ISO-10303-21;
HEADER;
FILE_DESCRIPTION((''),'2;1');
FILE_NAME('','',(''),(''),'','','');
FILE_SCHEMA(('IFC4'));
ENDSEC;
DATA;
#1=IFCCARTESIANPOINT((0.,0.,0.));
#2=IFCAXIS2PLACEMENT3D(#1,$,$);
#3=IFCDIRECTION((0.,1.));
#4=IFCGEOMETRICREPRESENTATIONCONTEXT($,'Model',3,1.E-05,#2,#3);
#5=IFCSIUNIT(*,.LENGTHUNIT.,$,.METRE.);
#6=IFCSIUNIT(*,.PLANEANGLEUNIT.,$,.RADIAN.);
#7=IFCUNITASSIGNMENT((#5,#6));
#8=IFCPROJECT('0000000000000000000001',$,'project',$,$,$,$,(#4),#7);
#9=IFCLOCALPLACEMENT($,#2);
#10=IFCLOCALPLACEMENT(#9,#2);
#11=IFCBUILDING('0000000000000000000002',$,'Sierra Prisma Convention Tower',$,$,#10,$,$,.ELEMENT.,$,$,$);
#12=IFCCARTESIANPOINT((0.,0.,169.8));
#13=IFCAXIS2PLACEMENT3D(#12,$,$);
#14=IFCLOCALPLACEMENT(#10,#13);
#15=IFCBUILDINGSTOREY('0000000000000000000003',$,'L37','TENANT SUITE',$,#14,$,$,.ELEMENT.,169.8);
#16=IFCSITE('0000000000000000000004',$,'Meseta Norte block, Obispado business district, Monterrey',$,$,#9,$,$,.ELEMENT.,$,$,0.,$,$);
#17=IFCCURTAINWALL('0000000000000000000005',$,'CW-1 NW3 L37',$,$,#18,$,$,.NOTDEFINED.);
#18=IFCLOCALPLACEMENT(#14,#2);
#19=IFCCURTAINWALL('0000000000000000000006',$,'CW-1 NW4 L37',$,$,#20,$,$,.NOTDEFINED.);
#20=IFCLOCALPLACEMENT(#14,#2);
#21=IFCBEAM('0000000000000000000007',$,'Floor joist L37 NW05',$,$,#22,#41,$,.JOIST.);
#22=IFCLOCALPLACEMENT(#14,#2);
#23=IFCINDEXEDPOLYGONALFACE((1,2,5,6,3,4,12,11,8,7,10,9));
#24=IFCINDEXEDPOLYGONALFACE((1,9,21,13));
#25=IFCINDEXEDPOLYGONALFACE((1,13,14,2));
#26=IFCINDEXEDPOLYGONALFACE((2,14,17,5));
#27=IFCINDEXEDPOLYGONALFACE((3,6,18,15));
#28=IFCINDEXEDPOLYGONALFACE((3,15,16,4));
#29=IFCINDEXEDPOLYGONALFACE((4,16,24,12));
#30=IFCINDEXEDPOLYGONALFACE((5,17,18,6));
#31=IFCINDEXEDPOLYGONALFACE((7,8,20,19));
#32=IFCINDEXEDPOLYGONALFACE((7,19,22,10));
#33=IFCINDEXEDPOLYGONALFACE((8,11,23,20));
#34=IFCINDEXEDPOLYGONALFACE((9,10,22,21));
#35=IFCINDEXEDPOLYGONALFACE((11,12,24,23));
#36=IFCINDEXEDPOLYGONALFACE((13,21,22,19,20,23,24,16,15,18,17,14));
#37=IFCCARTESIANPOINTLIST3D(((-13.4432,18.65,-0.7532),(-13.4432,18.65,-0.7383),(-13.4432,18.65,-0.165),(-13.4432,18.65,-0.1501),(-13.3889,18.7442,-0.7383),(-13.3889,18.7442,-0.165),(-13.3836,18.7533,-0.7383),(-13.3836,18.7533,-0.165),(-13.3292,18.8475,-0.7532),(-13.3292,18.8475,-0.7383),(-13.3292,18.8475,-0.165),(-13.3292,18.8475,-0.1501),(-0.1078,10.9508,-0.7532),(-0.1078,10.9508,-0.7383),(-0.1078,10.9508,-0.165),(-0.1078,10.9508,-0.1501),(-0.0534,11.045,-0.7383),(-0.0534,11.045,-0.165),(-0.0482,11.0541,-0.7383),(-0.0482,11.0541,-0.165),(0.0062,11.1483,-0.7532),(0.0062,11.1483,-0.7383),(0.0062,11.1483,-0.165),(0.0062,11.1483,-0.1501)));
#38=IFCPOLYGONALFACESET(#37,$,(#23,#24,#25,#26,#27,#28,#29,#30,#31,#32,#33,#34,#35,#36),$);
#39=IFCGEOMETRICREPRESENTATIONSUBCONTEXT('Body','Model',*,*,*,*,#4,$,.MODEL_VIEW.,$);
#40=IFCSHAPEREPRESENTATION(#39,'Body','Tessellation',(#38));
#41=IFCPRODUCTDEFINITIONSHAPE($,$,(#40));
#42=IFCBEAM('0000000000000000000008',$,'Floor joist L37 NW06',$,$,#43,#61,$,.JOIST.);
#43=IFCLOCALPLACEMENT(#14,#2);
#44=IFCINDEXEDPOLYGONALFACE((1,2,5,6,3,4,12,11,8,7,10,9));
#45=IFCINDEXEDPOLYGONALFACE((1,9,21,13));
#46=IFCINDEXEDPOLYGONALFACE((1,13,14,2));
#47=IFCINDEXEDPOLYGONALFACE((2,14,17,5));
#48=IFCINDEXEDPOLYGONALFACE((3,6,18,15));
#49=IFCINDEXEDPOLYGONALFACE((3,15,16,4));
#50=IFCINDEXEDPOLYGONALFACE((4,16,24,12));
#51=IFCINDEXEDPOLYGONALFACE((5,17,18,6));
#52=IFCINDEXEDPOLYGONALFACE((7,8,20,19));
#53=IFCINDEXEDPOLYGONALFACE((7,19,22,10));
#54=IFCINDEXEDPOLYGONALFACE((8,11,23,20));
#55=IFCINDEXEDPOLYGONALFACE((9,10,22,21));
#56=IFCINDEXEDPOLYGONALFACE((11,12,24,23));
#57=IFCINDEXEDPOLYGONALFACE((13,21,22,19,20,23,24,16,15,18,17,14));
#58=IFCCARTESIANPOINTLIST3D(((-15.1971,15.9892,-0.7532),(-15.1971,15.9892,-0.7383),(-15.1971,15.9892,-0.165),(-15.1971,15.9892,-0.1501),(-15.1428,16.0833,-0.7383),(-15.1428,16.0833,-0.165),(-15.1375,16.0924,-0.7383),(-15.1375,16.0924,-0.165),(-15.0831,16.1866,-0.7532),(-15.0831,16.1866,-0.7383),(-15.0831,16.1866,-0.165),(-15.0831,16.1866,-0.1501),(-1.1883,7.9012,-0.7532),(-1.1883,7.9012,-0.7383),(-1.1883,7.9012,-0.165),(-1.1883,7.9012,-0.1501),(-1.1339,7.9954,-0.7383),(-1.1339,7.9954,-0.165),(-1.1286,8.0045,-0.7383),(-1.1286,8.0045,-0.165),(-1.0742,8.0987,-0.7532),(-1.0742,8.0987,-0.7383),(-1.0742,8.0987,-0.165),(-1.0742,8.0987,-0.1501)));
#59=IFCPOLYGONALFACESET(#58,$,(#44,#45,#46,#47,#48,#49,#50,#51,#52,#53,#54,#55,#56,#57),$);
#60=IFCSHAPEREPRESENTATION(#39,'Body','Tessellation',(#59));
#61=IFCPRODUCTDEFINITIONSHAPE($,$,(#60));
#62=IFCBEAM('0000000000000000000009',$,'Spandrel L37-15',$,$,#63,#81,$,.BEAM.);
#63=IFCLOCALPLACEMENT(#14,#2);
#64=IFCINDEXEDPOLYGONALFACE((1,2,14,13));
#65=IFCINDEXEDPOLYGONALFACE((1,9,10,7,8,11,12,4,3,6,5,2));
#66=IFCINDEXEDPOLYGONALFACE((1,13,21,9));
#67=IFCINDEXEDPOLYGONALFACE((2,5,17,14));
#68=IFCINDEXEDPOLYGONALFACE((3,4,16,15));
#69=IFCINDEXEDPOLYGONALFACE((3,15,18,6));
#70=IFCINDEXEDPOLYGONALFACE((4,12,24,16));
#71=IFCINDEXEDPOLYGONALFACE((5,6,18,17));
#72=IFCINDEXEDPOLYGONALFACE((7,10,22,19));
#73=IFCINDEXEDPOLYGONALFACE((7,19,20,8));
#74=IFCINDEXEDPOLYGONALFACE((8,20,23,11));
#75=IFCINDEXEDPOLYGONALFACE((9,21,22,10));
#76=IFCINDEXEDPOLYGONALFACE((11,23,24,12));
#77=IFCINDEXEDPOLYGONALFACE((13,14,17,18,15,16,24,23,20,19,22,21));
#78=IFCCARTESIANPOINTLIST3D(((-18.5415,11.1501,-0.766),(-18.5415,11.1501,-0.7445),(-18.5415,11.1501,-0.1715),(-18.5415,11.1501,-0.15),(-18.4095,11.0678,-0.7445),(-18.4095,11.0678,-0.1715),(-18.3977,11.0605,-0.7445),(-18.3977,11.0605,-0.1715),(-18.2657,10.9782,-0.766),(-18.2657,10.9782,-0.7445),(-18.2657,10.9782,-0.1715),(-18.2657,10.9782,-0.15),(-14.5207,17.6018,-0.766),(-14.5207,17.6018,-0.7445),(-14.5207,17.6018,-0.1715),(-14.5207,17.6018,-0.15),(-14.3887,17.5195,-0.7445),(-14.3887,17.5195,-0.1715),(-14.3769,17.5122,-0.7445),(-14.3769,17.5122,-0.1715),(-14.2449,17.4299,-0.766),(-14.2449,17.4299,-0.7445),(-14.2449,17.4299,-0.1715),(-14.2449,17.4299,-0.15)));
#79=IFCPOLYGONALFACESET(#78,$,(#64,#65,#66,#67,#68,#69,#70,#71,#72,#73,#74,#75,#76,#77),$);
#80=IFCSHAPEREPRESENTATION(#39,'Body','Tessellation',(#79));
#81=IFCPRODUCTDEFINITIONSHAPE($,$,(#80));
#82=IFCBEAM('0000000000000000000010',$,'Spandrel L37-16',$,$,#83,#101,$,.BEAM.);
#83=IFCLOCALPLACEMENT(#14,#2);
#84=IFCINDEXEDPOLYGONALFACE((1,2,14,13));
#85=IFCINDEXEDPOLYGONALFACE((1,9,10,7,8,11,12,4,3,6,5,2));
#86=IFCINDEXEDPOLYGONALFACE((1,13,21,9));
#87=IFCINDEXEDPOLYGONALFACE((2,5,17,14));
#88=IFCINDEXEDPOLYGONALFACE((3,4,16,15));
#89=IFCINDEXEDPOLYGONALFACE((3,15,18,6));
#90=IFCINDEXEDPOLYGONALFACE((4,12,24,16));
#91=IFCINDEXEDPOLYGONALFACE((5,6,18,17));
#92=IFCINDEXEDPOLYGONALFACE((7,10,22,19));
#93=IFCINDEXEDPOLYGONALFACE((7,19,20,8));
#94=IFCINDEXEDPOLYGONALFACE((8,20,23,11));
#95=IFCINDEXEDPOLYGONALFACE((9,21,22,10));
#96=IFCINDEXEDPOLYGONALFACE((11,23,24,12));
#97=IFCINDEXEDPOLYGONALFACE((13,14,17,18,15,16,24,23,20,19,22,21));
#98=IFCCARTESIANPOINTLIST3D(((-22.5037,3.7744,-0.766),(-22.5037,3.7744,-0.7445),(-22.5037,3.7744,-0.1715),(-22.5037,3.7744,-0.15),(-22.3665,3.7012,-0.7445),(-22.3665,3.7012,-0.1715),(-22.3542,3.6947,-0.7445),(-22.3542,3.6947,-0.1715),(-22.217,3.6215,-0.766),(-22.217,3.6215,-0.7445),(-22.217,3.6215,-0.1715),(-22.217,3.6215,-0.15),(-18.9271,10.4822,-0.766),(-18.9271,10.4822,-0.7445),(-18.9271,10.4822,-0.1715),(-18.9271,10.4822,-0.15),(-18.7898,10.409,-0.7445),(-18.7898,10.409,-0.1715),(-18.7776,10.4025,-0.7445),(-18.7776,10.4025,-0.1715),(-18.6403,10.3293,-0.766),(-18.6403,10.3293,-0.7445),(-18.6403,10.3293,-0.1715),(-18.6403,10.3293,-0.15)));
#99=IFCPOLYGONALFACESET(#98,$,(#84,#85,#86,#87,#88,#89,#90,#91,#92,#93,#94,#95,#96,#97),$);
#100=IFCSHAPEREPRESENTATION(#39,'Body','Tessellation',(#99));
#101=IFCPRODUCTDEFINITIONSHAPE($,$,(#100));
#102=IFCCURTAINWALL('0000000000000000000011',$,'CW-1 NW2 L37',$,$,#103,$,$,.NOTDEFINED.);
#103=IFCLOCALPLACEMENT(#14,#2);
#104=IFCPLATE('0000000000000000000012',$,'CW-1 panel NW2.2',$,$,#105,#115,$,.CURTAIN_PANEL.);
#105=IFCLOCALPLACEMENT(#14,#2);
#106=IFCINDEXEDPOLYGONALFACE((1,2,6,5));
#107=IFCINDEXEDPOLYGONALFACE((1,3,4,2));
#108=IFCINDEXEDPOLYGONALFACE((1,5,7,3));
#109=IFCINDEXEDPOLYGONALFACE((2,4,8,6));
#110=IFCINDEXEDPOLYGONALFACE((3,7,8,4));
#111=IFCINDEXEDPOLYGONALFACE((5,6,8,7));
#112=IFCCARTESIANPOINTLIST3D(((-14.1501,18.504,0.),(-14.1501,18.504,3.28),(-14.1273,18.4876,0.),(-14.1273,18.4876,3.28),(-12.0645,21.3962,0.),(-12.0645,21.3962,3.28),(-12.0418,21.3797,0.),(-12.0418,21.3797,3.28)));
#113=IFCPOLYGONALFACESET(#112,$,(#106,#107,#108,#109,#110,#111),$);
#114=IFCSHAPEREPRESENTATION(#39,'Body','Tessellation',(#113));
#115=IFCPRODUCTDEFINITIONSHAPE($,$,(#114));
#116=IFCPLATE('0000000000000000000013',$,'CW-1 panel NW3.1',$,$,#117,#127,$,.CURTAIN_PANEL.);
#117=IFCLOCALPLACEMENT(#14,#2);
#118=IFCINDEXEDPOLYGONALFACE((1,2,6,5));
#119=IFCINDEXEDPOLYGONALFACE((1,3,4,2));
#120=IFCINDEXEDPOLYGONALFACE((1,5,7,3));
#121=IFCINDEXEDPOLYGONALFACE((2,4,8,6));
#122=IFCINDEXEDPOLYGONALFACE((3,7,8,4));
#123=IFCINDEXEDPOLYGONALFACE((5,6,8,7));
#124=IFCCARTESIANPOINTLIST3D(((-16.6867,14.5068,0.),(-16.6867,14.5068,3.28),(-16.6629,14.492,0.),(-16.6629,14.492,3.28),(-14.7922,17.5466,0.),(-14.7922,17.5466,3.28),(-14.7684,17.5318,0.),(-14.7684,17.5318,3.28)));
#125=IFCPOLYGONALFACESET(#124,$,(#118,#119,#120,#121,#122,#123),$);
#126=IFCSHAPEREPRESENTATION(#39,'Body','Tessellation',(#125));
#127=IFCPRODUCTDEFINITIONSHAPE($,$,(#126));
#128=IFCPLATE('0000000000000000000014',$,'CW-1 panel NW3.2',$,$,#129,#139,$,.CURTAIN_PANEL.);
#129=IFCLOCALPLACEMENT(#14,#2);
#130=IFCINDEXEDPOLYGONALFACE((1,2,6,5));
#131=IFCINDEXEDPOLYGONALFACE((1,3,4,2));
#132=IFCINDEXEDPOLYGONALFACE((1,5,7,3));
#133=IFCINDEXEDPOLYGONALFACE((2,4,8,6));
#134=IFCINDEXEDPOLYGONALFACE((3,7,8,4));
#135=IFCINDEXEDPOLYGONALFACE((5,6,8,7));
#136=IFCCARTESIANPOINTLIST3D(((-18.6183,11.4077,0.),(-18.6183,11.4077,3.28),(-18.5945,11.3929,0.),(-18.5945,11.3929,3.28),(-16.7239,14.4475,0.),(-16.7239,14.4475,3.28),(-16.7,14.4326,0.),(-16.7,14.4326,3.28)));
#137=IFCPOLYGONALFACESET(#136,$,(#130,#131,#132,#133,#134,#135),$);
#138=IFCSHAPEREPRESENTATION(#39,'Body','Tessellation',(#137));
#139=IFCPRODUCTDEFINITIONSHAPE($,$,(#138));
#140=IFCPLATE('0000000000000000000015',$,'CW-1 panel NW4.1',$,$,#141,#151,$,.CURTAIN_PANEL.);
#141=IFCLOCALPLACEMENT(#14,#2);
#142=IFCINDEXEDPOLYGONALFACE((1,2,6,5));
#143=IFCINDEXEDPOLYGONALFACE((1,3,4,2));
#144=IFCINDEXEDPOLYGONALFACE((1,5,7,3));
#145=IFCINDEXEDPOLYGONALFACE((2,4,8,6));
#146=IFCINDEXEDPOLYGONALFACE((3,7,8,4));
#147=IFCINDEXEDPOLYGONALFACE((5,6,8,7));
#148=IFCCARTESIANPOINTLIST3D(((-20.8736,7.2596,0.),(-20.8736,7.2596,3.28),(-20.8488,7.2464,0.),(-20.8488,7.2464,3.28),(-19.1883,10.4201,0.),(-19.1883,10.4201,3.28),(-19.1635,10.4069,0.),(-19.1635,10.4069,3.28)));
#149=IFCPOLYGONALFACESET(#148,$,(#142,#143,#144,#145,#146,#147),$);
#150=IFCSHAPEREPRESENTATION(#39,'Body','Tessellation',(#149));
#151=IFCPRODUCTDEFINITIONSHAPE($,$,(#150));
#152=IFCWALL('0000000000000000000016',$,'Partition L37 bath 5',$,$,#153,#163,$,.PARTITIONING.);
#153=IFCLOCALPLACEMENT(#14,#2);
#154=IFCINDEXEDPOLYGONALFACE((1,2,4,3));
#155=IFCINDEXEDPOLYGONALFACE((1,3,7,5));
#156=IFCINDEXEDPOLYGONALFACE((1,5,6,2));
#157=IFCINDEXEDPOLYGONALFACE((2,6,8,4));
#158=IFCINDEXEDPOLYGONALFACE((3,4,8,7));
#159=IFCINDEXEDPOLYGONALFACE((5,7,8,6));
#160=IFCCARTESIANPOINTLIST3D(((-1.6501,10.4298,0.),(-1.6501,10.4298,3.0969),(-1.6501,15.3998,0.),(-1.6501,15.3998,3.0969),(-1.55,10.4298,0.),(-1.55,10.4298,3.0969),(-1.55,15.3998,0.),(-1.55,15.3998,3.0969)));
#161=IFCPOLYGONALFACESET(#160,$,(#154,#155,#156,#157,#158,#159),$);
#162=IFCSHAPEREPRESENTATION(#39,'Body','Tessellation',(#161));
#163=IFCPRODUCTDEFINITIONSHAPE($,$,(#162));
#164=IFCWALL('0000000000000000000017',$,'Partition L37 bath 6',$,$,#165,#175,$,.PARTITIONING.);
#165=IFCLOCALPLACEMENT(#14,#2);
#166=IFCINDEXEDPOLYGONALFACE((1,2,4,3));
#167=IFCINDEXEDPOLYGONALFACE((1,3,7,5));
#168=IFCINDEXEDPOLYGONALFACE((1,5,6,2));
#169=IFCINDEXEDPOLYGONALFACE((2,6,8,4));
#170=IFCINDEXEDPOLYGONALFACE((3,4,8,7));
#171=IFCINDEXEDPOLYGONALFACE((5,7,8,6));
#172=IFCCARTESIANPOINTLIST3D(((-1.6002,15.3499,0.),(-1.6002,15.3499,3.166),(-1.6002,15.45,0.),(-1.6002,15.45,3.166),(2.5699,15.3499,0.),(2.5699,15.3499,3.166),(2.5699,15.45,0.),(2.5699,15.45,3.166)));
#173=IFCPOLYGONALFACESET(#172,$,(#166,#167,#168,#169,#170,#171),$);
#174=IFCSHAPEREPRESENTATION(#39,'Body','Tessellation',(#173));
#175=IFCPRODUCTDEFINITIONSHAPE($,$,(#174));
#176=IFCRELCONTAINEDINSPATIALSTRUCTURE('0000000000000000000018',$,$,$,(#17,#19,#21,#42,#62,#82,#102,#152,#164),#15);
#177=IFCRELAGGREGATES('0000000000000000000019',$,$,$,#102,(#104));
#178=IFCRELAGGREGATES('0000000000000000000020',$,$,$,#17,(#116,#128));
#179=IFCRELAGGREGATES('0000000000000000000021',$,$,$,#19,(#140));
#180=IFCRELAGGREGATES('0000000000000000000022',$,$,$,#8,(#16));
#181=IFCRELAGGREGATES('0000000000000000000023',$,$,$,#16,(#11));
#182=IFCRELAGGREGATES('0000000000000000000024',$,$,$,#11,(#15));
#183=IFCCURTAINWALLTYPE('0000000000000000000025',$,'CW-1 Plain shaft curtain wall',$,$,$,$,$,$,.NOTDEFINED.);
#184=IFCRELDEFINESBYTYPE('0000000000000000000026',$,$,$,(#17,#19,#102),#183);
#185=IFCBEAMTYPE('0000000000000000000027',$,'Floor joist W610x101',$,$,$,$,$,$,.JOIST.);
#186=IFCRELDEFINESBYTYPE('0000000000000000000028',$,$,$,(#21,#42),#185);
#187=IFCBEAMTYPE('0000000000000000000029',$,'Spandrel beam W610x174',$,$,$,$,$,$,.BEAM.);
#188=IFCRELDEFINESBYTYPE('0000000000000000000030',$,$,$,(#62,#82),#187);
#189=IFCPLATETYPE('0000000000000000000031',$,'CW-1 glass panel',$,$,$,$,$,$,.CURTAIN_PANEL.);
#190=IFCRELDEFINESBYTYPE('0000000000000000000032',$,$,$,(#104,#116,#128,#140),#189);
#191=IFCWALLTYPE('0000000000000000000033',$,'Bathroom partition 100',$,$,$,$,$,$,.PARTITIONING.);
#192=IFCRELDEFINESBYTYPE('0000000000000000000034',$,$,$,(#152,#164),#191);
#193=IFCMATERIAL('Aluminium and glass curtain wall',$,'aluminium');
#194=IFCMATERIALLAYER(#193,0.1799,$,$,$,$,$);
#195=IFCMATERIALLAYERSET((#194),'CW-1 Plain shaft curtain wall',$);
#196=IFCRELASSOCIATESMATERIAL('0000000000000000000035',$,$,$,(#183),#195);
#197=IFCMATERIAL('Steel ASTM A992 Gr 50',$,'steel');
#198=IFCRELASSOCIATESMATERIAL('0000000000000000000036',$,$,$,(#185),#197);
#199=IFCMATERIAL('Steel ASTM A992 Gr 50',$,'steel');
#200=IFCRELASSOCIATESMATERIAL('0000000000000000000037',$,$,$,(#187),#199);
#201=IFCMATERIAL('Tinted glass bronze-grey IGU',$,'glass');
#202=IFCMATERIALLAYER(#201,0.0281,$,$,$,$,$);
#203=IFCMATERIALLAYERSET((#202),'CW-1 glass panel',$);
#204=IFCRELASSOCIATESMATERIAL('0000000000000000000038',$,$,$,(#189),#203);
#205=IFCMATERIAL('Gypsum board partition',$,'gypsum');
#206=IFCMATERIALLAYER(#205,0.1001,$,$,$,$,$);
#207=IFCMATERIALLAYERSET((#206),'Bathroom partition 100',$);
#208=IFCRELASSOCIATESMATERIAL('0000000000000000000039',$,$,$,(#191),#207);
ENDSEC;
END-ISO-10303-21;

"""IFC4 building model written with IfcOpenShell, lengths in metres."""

from ifc_helpers import new_model, si_unit, direction, frame, frame_2d, origin, origin_2d, place, context, subcontext, project, spatial, rectangle, i_section, extrude, material, layer, layer_set, material_profile, profile_set, type_object, element, aggregate, save


model = new_model("IFC4")

# Units and contexts
model_context = context("Model", 3, precision=1e-05, world=origin(), true_north=direction((0.0, 1.0)))
body_context = subcontext(model_context, "Body", "Model", "MODEL_VIEW")
ifc_project = project(units=[si_unit("LENGTHUNIT", "METRE"), si_unit("PLANEANGLEUNIT", "RADIAN")], contexts=[model_context])

# Site, building, storey
site_placement = place(None, origin())
site = spatial("IfcSite", under=ifc_project, at=site_placement, Name="Meseta Norte block, Obispado business district, Monterrey", CompositionType="ELEMENT", RefElevation=0.0)
building_placement = place(site_placement, origin())
building = spatial("IfcBuilding", under=site, at=building_placement, Name="Sierra Prisma Convention Tower", CompositionType="ELEMENT")
storey_placement = place(building_placement, frame((0.0, 0.0, 169.8)))
storey = spatial("IfcBuildingStorey", under=building, at=storey_placement, Name="L37", Description="TENANT SUITE", CompositionType="ELEMENT", Elevation=169.8)

# Curtain wall
ifc_material_1 = material(Name="Aluminium and glass curtain wall", Category="aluminium")
ifc_layer_1 = layer(ifc_material_1, 0.1799)
ifc_layer_set_1 = layer_set([ifc_layer_1], Name="CW-1 Plain shaft curtain wall")
curtain_wall_type = type_object("IfcCurtainWallType", Name="CW-1 Plain shaft curtain wall", PredefinedType="NOTDEFINED", material=ifc_layer_set_1)
curtain_wall_1_placement = place(storey_placement, origin())
curtain_wall_1 = element("IfcCurtainWall", 1, at=curtain_wall_1_placement, inside=storey, type_object=curtain_wall_type, Name="CW-1 NW3 L37", PredefinedType="NOTDEFINED")

# Curtain wall
curtain_wall_2_placement = place(storey_placement, origin())
curtain_wall_2 = element("IfcCurtainWall", 2, at=curtain_wall_2_placement, inside=storey, type_object=curtain_wall_type, Name="CW-1 NW4 L37", PredefinedType="NOTDEFINED")

# Beams
ifc_material_2 = material(Name="Steel ASTM A992 Gr 50", Category="steel")
ifc_material_profile_1 = material_profile(ifc_material_2, i_section(OverallWidth=0.228, OverallDepth=0.603, WebThickness=0.0105, FlangeThickness=0.0149, at=origin_2d()), Name="W610x101")
ifc_profile_set_1 = profile_set([ifc_material_profile_1], Name="Steel ASTM A992 Gr 50")
beam_type_1 = type_object("IfcBeamType", Name="Floor joist W610x101", PredefinedType="JOIST", material=ifc_profile_set_1)
beam_1_placement = place(storey_placement, frame((-13.3862, 18.7488, -0.4517), z_axis=(0.866026, -0.5, 0.0), x_axis=(0.5, 0.866026, 0.0)))
element("IfcBeam", 3, at=beam_1_placement, inside=storey, type_object=beam_type_1, Name="Floor joist L37 NW05", PredefinedType="JOIST", context=body_context, shape_type="SweptSolid", body=[
    extrude(i_section(OverallWidth=0.228, OverallDepth=0.603, WebThickness=0.0105, FlangeThickness=0.0149, at=origin_2d()), origin(), (0.0, 0.0, 1.0), 15.3984),
])
beam_2_placement = place(storey_placement, frame((-15.1401, 16.0879, -0.4517), z_axis=(0.866028, -0.499996, 0.0), x_axis=(0.499996, 0.866028, 0.0)))
element("IfcBeam", 4, at=beam_2_placement, inside=storey, type_object=beam_type_1, Name="Floor joist L37 NW06", PredefinedType="JOIST", context=body_context, shape_type="SweptSolid", body=[
    extrude(i_section(OverallWidth=0.228, OverallDepth=0.603, WebThickness=0.0105, FlangeThickness=0.0149, at=origin_2d()), origin(), (0.0, 0.0, 1.0), 16.176),
])
ifc_material_3 = material(Name="Steel ASTM A992 Gr 50", Category="steel")
ifc_material_profile_2 = material_profile(ifc_material_3, i_section(OverallWidth=0.325, OverallDepth=0.616, WebThickness=0.0139, FlangeThickness=0.0215, at=origin_2d()), Name="W610x174")
ifc_profile_set_2 = profile_set([ifc_material_profile_2], Name="Steel ASTM A992 Gr 50")
beam_type_2 = type_object("IfcBeamType", Name="Spandrel beam W610x174", PredefinedType="BEAM", material=ifc_profile_set_2)
beam_3_placement = place(storey_placement, frame((-14.3828, 17.5159, -0.458), z_axis=(-0.528907, -0.84868, 0.0), x_axis=(0.84868, -0.528907, 0.0)))
element("IfcBeam", 5, at=beam_3_placement, inside=storey, type_object=beam_type_2, Name="Spandrel L37-15", PredefinedType="BEAM", context=body_context, shape_type="SweptSolid", body=[
    extrude(i_section(OverallWidth=0.325, OverallDepth=0.616, WebThickness=0.0139, FlangeThickness=0.0215, at=origin_2d()), origin(), (0.0, 0.0, 1.0), 7.6021),
])
beam_4_placement = place(storey_placement, frame((-18.7837, 10.4058, -0.458), z_axis=(-0.470505, -0.882397, 0.0), x_axis=(0.882397, -0.470505, 0.0)))
element("IfcBeam", 6, at=beam_4_placement, inside=storey, type_object=beam_type_2, Name="Spandrel L37-16", PredefinedType="BEAM", context=body_context, shape_type="SweptSolid", body=[
    extrude(i_section(OverallWidth=0.325, OverallDepth=0.616, WebThickness=0.0139, FlangeThickness=0.0215, at=origin_2d()), origin(), (0.0, 0.0, 1.0), 7.6018),
])

# Curtain wall, plate
curtain_wall_3_placement = place(storey_placement, origin())
curtain_wall_3 = element("IfcCurtainWall", 7, at=curtain_wall_3_placement, inside=storey, type_object=curtain_wall_type, Name="CW-1 NW2 L37", PredefinedType="NOTDEFINED")
ifc_material_4 = material(Name="Tinted glass bronze-grey IGU", Category="glass")
ifc_layer_2 = layer(ifc_material_4, 0.0281)
ifc_layer_set_2 = layer_set([ifc_layer_2], Name="CW-1 glass panel")
plate_type = type_object("IfcPlateType", Name="CW-1 glass panel", PredefinedType="CURTAIN_PANEL", material=ifc_layer_set_2)
plate_1_placement = place(storey_placement, frame((-13.0959, 19.9419, 0.0), z_axis=(0.0, 0.0, 1.0), x_axis=(-0.584903, -0.811103, 0.0)))
plate_1 = element("IfcPlate", 8, at=plate_1_placement, type_object=plate_type, Name="CW-1 panel NW2.2", PredefinedType="CURTAIN_PANEL", context=body_context, shape_type="SweptSolid", body=[
    extrude(rectangle(XDim=3.5657, YDim=0.0281, at=origin_2d()), origin(), (0.0, 0.0, 1.0), 3.28),
])
aggregate(curtain_wall_3, [plate_1])

# Plates
plate_2_placement = place(storey_placement, frame((-15.7275, 16.0193, 0.0), z_axis=(0.0, 0.0, 1.0), x_axis=(-0.528913, -0.848676, 0.0)))
plate_2 = element("IfcPlate", 9, at=plate_2_placement, type_object=plate_type, Name="CW-1 panel NW3.1", PredefinedType="CURTAIN_PANEL", context=body_context, shape_type="SweptSolid", body=[
    extrude(rectangle(XDim=3.5818, YDim=0.0281, at=origin_2d()), origin(), (0.0, 0.0, 1.0), 3.28),
])
plate_3_placement = place(storey_placement, frame((-17.6592, 12.9202, 0.0), z_axis=(0.0, 0.0, 1.0), x_axis=(-0.528913, -0.848676, 0.0)))
plate_3 = element("IfcPlate", 10, at=plate_3_placement, type_object=plate_type, Name="CW-1 panel NW3.2", PredefinedType="CURTAIN_PANEL", context=body_context, shape_type="SweptSolid", body=[
    extrude(rectangle(XDim=3.5818, YDim=0.0281, at=origin_2d()), origin(), (0.0, 0.0, 1.0), 3.28),
])
aggregate(curtain_wall_1, [plate_2, plate_3])
plate_4_placement = place(storey_placement, frame((-20.0186, 8.8333, 0.0), z_axis=(0.0, 0.0, 1.0), x_axis=(-0.470518, -0.88239, 0.0)))
plate_4 = element("IfcPlate", 11, at=plate_4_placement, type_object=plate_type, Name="CW-1 panel NW4.1", PredefinedType="CURTAIN_PANEL", context=body_context, shape_type="SweptSolid", body=[
    extrude(rectangle(XDim=3.5818, YDim=0.0281, at=origin_2d()), origin(), (0.0, 0.0, 1.0), 3.28),
])
aggregate(curtain_wall_2, [plate_4])

# Walls
ifc_material_5 = material(Name="Gypsum board partition", Category="gypsum")
ifc_layer_3 = layer(ifc_material_5, 0.1001)
ifc_layer_set_3 = layer_set([ifc_layer_3], Name="Bathroom partition 100")
wall_type_1 = type_object("IfcWallType", Name="Bathroom partition 100", PredefinedType="PARTITIONING", material=ifc_layer_set_3)
wall_1_placement = place(storey_placement, frame((-1.6001, 10.4299, 0.0), z_axis=(0.0, 0.0, 1.0), x_axis=(0.0, 1.0, 0.0)))
element("IfcWall", 12, at=wall_1_placement, inside=storey, type_object=wall_type_1, Name="Partition L37 bath 5", PredefinedType="PARTITIONING", context=body_context, shape_type="SweptSolid", body=[
    extrude(rectangle(XDim=4.97, YDim=0.1001, at=frame_2d((2.4849, 0.0))), origin(), (0.0, 0.0, 1.0), 3.0969),
])
wall_2_placement = place(storey_placement, frame((-1.6001, 15.3999, 0.0), z_axis=(0.0, 0.0, 1.0), x_axis=(1.0, 0.0, 0.0)))
element("IfcWall", 13, at=wall_2_placement, inside=storey, type_object=wall_type_1, Name="Partition L37 bath 6", PredefinedType="PARTITIONING", context=body_context, shape_type="SweptSolid", body=[
    extrude(rectangle(XDim=4.1702, YDim=0.1001, at=frame_2d((2.085, 0.0))), origin(), (0.0, 0.0, 1.0), 3.166),
])

save(model, "model.ifc")
